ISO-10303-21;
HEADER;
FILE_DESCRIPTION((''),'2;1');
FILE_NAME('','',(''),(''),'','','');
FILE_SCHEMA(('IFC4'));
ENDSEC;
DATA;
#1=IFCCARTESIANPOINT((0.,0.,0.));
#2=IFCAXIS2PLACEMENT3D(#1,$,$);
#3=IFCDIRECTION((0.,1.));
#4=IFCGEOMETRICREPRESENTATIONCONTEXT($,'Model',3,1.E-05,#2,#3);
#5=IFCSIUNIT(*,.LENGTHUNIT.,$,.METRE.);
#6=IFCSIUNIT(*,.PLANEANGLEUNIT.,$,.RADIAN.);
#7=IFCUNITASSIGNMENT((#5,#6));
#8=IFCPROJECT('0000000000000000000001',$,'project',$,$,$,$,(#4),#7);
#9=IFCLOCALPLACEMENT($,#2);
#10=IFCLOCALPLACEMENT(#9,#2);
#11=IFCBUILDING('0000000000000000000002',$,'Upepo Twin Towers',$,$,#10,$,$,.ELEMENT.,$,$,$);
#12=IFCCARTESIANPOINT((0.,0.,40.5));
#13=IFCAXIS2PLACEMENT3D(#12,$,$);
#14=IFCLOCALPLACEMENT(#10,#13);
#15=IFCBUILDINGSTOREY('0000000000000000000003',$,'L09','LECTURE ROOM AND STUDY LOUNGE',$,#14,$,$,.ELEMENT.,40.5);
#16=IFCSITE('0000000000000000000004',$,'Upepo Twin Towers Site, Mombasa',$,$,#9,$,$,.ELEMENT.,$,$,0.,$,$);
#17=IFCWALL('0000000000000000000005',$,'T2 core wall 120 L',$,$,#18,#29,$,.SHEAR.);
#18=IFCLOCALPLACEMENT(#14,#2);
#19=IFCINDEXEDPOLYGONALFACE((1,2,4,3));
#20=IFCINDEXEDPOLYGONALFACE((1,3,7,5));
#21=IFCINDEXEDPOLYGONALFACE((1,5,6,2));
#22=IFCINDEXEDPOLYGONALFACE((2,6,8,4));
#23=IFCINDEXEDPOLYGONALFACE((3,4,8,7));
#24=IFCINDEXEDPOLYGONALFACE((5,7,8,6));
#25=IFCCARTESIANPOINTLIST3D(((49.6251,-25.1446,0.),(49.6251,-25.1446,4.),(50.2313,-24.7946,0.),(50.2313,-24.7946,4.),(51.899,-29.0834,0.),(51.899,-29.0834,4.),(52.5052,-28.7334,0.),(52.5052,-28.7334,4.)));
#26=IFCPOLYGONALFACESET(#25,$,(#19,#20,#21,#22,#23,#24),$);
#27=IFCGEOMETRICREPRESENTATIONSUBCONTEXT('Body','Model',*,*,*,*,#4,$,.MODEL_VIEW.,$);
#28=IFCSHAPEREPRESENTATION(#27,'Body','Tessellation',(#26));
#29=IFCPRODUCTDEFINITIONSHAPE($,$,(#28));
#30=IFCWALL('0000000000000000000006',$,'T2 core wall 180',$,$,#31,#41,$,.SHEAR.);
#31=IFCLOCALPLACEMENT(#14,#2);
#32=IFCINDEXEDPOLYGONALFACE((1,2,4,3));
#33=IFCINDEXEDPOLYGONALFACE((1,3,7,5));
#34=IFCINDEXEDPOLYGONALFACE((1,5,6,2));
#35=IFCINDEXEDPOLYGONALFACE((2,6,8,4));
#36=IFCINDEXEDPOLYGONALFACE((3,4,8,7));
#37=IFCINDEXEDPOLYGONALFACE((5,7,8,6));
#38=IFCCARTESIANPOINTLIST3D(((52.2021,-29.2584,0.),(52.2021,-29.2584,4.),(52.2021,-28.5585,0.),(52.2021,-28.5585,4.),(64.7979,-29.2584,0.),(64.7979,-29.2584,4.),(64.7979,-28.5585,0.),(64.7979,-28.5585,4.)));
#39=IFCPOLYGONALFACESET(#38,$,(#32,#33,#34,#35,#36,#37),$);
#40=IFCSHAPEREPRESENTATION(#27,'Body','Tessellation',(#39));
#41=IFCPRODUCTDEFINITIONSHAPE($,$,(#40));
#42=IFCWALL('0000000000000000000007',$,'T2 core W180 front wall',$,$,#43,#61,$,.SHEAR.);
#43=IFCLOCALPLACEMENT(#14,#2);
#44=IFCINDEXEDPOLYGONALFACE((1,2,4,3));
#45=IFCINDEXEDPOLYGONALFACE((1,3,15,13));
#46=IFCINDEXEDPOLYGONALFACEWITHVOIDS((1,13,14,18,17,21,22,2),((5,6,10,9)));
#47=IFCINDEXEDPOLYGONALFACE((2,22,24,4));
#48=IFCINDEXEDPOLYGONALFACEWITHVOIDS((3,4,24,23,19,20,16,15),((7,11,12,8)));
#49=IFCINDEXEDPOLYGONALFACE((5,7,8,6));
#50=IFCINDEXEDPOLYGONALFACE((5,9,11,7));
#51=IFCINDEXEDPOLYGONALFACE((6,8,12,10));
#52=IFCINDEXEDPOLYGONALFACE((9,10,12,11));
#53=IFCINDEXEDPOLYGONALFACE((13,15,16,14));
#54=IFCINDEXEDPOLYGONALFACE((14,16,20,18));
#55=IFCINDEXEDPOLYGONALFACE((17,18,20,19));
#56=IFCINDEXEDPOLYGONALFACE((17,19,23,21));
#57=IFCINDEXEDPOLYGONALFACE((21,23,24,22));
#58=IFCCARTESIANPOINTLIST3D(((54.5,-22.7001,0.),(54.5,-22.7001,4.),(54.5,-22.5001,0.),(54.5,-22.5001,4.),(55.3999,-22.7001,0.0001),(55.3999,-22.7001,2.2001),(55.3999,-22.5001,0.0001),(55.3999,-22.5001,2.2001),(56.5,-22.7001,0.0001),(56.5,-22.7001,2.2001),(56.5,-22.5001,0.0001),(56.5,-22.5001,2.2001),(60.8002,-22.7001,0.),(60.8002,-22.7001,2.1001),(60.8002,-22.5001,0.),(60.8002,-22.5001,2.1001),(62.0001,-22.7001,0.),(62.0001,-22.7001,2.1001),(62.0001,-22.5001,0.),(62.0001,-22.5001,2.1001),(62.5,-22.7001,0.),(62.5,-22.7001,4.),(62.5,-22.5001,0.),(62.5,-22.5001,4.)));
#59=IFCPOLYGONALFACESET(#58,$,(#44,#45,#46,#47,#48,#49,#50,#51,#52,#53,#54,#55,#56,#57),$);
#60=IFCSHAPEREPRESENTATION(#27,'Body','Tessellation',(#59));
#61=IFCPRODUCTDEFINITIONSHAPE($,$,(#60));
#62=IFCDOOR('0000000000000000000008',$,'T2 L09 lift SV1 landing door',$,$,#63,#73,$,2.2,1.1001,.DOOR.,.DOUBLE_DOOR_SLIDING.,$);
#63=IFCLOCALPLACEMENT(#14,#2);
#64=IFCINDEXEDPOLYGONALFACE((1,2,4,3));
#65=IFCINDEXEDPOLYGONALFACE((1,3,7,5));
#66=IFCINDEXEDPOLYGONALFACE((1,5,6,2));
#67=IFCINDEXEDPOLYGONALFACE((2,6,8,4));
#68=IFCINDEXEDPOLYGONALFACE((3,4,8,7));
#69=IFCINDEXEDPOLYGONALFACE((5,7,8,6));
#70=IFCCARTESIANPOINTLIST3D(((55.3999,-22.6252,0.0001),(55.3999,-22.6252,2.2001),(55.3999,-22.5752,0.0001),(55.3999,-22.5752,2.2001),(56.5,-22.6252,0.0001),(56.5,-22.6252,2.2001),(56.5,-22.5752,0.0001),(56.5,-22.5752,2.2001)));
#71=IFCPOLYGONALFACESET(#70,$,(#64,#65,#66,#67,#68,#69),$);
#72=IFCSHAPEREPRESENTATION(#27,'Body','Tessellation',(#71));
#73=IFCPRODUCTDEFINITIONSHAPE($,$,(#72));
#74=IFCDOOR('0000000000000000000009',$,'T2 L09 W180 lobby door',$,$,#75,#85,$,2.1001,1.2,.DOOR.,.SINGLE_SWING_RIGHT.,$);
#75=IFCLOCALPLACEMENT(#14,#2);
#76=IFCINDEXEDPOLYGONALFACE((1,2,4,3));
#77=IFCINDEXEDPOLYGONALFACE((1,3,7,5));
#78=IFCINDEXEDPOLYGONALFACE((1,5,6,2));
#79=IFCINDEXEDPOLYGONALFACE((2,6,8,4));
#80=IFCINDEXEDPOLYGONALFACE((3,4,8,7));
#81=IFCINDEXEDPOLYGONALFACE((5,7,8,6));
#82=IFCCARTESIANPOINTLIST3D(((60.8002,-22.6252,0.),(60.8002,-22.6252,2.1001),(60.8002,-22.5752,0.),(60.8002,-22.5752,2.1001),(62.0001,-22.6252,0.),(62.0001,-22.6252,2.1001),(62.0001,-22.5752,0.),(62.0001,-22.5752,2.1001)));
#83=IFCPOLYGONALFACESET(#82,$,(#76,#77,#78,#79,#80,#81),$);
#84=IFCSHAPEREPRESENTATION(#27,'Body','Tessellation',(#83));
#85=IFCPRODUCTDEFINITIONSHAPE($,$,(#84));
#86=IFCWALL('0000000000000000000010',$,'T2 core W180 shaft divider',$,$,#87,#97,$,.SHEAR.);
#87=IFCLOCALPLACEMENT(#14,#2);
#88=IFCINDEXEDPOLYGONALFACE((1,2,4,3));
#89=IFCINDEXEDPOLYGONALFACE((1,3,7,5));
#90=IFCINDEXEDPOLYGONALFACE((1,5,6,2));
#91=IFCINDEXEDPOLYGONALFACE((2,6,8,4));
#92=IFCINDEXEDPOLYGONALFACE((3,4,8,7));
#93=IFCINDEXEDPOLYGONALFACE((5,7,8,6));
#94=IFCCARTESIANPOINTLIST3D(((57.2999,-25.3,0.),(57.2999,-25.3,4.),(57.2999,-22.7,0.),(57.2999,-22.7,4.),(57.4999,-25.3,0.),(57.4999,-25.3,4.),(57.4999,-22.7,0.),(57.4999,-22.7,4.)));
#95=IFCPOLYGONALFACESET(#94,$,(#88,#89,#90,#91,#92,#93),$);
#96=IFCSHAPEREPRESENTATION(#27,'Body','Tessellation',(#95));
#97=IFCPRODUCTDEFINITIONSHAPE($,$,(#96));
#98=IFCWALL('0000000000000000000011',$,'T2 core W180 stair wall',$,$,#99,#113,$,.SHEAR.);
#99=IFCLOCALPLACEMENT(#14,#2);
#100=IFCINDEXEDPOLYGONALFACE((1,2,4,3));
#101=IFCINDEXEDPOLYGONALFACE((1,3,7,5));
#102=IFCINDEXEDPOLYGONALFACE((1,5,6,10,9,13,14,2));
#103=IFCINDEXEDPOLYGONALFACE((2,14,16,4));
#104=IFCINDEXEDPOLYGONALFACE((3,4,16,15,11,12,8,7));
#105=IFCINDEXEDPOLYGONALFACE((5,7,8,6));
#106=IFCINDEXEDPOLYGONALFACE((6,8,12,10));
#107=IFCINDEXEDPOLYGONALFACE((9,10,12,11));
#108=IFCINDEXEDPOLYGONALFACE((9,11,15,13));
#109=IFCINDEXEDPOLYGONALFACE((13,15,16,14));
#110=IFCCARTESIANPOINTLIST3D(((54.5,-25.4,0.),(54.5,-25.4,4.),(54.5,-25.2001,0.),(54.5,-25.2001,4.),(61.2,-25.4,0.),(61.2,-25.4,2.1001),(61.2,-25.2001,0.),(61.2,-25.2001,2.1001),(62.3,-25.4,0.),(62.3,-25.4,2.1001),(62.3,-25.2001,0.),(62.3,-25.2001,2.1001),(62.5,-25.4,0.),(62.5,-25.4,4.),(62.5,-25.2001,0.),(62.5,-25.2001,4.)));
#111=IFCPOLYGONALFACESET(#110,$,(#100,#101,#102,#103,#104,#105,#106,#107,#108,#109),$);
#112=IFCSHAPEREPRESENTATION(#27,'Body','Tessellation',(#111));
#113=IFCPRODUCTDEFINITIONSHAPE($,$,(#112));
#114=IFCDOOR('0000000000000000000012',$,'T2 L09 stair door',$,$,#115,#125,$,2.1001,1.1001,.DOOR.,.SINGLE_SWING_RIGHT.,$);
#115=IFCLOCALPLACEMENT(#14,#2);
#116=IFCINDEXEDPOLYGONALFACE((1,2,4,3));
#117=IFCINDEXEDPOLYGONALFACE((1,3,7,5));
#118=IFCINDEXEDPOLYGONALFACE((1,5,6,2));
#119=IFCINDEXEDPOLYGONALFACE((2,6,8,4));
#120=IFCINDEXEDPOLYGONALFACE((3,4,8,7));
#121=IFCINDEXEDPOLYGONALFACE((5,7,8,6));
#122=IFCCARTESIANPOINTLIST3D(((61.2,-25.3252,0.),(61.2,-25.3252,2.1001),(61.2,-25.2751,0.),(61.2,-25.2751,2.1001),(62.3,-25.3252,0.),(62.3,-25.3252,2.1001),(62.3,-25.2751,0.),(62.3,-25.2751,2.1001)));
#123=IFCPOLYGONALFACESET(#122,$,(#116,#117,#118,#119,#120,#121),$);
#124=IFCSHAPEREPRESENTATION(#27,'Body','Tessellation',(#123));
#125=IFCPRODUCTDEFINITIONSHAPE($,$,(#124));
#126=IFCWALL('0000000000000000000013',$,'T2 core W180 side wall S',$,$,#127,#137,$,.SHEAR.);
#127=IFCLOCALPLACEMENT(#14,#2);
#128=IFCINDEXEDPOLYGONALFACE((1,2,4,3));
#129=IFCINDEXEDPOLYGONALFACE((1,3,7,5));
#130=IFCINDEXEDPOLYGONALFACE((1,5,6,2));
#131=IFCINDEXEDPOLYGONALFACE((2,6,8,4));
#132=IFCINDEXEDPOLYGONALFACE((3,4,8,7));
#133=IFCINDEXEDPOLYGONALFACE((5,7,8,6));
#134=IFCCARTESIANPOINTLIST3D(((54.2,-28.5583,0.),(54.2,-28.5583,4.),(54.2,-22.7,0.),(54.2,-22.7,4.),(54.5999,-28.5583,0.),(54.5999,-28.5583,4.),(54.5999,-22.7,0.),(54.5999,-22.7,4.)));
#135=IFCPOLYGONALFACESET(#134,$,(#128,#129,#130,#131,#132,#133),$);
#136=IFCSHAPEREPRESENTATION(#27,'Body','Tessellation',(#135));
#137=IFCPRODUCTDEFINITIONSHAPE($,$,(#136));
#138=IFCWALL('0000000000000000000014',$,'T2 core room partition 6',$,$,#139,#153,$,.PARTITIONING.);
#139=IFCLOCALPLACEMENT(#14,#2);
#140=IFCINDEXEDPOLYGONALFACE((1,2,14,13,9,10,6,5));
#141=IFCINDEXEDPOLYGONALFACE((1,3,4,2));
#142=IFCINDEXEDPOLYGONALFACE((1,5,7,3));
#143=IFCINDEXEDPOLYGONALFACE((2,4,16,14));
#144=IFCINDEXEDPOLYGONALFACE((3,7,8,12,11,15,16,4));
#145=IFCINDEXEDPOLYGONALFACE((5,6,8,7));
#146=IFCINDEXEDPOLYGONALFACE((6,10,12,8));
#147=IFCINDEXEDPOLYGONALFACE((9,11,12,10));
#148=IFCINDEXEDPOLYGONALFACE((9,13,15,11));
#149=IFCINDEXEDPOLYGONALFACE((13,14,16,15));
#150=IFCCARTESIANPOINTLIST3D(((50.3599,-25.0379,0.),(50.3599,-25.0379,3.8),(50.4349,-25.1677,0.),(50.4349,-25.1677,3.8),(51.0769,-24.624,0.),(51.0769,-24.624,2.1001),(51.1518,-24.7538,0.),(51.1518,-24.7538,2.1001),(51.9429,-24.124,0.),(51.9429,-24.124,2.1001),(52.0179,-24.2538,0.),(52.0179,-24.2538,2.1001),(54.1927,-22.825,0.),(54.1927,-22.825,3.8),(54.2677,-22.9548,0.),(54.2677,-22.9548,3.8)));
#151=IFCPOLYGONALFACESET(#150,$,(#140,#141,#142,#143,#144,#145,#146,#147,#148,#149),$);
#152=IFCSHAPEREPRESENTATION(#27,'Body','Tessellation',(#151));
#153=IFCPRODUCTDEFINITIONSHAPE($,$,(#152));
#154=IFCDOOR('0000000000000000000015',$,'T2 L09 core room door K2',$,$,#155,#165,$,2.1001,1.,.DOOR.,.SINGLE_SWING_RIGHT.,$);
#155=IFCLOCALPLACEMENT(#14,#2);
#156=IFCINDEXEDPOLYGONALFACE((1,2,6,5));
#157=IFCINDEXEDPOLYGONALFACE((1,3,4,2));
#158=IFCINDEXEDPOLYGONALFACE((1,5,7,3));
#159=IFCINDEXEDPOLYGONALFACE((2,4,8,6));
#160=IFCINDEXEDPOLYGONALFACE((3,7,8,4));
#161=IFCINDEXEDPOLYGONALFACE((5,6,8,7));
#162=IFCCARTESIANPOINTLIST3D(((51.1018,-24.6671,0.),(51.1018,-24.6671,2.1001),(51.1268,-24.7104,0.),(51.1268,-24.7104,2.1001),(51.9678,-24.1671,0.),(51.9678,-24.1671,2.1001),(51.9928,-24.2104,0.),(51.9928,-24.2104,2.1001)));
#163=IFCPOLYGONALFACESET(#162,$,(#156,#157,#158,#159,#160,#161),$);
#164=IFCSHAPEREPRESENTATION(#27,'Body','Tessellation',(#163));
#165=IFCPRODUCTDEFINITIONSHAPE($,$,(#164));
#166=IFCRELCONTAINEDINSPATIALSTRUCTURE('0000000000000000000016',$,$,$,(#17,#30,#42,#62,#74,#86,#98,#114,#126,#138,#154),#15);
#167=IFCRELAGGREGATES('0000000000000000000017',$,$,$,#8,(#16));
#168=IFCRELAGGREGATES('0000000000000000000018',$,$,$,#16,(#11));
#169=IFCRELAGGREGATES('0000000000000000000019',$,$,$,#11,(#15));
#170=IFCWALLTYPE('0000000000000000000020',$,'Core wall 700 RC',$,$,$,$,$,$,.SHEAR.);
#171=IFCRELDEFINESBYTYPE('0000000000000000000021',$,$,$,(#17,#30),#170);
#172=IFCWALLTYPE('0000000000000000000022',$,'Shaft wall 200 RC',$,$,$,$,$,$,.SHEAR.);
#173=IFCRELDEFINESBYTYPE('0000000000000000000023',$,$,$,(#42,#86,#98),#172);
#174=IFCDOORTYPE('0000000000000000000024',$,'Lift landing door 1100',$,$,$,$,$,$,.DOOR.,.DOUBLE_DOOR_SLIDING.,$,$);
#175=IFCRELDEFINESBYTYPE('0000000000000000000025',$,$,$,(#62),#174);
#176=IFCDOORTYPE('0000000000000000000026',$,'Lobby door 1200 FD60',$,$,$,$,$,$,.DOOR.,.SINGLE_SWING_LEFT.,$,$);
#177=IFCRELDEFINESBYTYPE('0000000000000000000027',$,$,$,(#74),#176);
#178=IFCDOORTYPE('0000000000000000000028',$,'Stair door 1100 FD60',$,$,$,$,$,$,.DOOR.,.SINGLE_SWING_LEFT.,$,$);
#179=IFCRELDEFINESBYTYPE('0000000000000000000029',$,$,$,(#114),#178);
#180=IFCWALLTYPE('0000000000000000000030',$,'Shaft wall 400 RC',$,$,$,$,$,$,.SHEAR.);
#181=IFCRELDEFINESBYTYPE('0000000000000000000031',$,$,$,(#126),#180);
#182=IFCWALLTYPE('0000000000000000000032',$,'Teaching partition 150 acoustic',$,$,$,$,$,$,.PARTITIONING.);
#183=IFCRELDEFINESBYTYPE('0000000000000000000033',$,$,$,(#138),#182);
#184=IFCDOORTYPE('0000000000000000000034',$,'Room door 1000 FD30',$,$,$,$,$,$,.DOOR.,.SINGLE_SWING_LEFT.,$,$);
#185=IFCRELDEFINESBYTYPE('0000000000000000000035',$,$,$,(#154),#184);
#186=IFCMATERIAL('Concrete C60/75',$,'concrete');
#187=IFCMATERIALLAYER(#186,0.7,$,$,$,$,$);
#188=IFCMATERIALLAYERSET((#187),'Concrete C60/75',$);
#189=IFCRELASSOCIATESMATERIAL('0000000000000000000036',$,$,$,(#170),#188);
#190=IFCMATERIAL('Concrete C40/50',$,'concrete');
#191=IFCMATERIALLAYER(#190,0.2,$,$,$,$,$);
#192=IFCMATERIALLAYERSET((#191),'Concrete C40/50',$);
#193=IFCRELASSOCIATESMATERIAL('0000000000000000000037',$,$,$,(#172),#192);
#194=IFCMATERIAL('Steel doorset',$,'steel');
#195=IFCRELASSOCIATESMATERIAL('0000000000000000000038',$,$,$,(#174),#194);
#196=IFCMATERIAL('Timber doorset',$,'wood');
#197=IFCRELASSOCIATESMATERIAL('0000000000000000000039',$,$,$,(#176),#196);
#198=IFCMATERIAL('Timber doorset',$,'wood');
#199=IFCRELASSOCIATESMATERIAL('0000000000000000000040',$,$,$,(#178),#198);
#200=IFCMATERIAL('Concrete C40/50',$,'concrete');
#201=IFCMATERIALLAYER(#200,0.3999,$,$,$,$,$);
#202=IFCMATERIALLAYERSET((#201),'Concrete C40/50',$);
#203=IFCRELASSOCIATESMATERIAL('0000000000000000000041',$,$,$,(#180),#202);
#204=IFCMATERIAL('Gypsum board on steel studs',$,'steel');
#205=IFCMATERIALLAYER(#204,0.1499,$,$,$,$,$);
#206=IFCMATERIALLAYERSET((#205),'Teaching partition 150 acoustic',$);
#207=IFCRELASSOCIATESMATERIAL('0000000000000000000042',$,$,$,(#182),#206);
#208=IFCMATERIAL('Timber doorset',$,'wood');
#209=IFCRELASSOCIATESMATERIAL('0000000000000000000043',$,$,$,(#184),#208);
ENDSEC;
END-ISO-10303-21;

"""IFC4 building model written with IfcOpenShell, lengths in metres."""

from ifc_helpers import new_model, si_unit, direction, frame, frame_2d, origin, place, context, subcontext, project, spatial, rectangle, extrude, material, layer, layer_set, type_object, element, fill, save


model = new_model("IFC4")

# Units and contexts
model_context = context("Model", 3, precision=1e-05, world=origin(), true_north=direction((0.0, 1.0)))
body_context = subcontext(model_context, "Body", "Model", "MODEL_VIEW")
ifc_project = project(units=[si_unit("LENGTHUNIT", "METRE"), si_unit("PLANEANGLEUNIT", "RADIAN")], contexts=[model_context])

# Site, building, storey
site_placement = place(None, origin())
site = spatial("IfcSite", under=ifc_project, at=site_placement, Name="Upepo Twin Towers Site, Mombasa", CompositionType="ELEMENT", RefElevation=0.0)
building_placement = place(site_placement, origin())
building = spatial("IfcBuilding", under=site, at=building_placement, Name="Upepo Twin Towers", CompositionType="ELEMENT")
storey_placement = place(building_placement, frame((0.0, 0.0, 40.5)))
storey = spatial("IfcBuildingStorey", under=building, at=storey_placement, Name="L09", Description="LECTURE ROOM AND STUDY LOUNGE", CompositionType="ELEMENT", Elevation=40.5)

# Walls
ifc_material_1 = material(Name="Concrete C60/75", Category="concrete")
ifc_layer_1 = layer(ifc_material_1, 0.7)
ifc_layer_set_1 = layer_set([ifc_layer_1], Name="Concrete C60/75")
wall_type_1 = type_object("IfcWallType", Name="Core wall 700 RC", PredefinedType="SHEAR", material=ifc_layer_set_1)
wall_1_placement = place(storey_placement, frame((49.9282, -24.9697, 0.0), z_axis=(0.0, 0.0, 1.0), x_axis=(0.499984, -0.866035, 0.0)))
element("IfcWall", 1, at=wall_1_placement, inside=storey, type_object=wall_type_1, Name="T2 core wall 120 L", PredefinedType="SHEAR", context=body_context, shape_type="SweptSolid", body=[
    extrude(rectangle(XDim=4.5481, YDim=0.7, at=frame_2d((2.2739, 0.0))), origin(), (0.0, 0.0, 1.0), 4.0),
])
wall_2_placement = place(storey_placement, frame((52.2021, -28.9084, 0.0), z_axis=(0.0, 0.0, 1.0), x_axis=(1.0, 0.0, 0.0)))
element("IfcWall", 2, at=wall_2_placement, inside=storey, type_object=wall_type_1, Name="T2 core wall 180", PredefinedType="SHEAR", context=body_context, shape_type="SweptSolid", body=[
    extrude(rectangle(XDim=12.5957, YDim=0.7, at=frame_2d((6.2979, 0.0))), origin(), (0.0, 0.0, 1.0), 4.0),
])

# Wall, openings, doors
ifc_material_2 = material(Name="Concrete C40/50", Category="concrete")
ifc_layer_2 = layer(ifc_material_2, 0.2)
ifc_layer_set_2 = layer_set([ifc_layer_2], Name="Concrete C40/50")
wall_type_2 = type_object("IfcWallType", Name="Shaft wall 200 RC", PredefinedType="SHEAR", material=ifc_layer_set_2)
wall_3_placement = place(storey_placement, frame((54.5, -22.6001, 0.0), z_axis=(0.0, 0.0, 1.0), x_axis=(1.0, 0.0, 0.0)))
wall_3 = element("IfcWall", 3, at=wall_3_placement, inside=storey, type_object=wall_type_2, Name="T2 core W180 front wall", PredefinedType="SHEAR", context=body_context, shape_type="SweptSolid", body=[
    extrude(rectangle(XDim=8.0, YDim=0.2, at=frame_2d((4.0, 0.0))), origin(), (0.0, 0.0, 1.0), 4.0),
])
opening_1_placement = place(wall_3_placement, frame((6.3, 0.0, 0.0)))
opening_1 = element("IfcOpeningElement", 4, at=opening_1_placement, cuts=wall_3, PredefinedType="OPENING", context=body_context, shape_type="SweptSolid", body=[
    extrude(rectangle(XDim=1.2, YDim=2.1001, at=frame_2d((0.6001, 1.05))), frame((0.0, 0.1099, 0.0), z_axis=(0.0, -1.0, 0.0), x_axis=(1.0, 0.0, 0.0)), (0.0, 0.0, 1.0), 0.22),
])
opening_2_placement = place(wall_3_placement, frame((0.8999, 0.0, 0.0)))
opening_2 = element("IfcOpeningElement", 5, at=opening_2_placement, cuts=wall_3, PredefinedType="OPENING", context=body_context, shape_type="SweptSolid", body=[
    extrude(rectangle(XDim=1.1001, YDim=2.2, at=frame_2d((0.55, 1.1001))), frame((0.0, 0.1099, 0.0), z_axis=(0.0, -1.0, 0.0), x_axis=(1.0, 0.0, 0.0)), (0.0, 0.0, 1.0), 0.22),
])
ifc_material_3 = material(Name="Steel doorset", Category="steel")
door_type_1 = type_object("IfcDoorType", Name="Lift landing door 1100", OperationType="DOUBLE_DOOR_SLIDING", PredefinedType="DOOR", material=ifc_material_3)
door_1_placement = place(opening_2_placement, origin())
door_1 = element("IfcDoor", 6, at=door_1_placement, inside=storey, type_object=door_type_1, Name="T2 L09 lift SV1 landing door", OperationType="DOUBLE_DOOR_SLIDING", OverallHeight=2.2, OverallWidth=1.1001, PredefinedType="DOOR", context=body_context, shape_type="SweptSolid", body=[
    extrude(rectangle(XDim=1.1001, YDim=2.2, at=frame_2d((0.55, 1.1001))), frame((0.0, 0.0249, 0.0), z_axis=(0.0, -1.0, 0.0), x_axis=(1.0, 0.0, 0.0)), (0.0, 0.0, 1.0), 0.05),
])
fill(opening_2, door_1)
ifc_material_4 = material(Name="Timber doorset", Category="wood")
door_type_2 = type_object("IfcDoorType", Name="Lobby door 1200 FD60", OperationType="SINGLE_SWING_LEFT", PredefinedType="DOOR", material=ifc_material_4)
door_2_placement = place(opening_1_placement, origin())
door_2 = element("IfcDoor", 7, at=door_2_placement, inside=storey, type_object=door_type_2, Name="T2 L09 W180 lobby door", OperationType="SINGLE_SWING_RIGHT", OverallHeight=2.1001, OverallWidth=1.2, PredefinedType="DOOR", context=body_context, shape_type="SweptSolid", body=[
    extrude(rectangle(XDim=1.2, YDim=2.1001, at=frame_2d((0.6001, 1.05))), frame((0.0, 0.0249, 0.0), z_axis=(0.0, -1.0, 0.0), x_axis=(1.0, 0.0, 0.0)), (0.0, 0.0, 1.0), 0.05),
])
fill(opening_1, door_2)

# Wall
wall_4_placement = place(storey_placement, frame((57.3999, -22.7, 0.0), z_axis=(0.0, 0.0, 1.0), x_axis=(0.0, -1.0, 0.0)))
element("IfcWall", 8, at=wall_4_placement, inside=storey, type_object=wall_type_2, Name="T2 core W180 shaft divider", PredefinedType="SHEAR", context=body_context, shape_type="SweptSolid", body=[
    extrude(rectangle(XDim=2.6001, YDim=0.2, at=frame_2d((1.3, 0.0))), origin(), (0.0, 0.0, 1.0), 4.0),
])

# Wall, opening, door
wall_5_placement = place(storey_placement, frame((54.5, -25.3, 0.0), z_axis=(0.0, 0.0, 1.0), x_axis=(1.0, 0.0, 0.0)))
wall_5 = element("IfcWall", 9, at=wall_5_placement, inside=storey, type_object=wall_type_2, Name="T2 core W180 stair wall", PredefinedType="SHEAR", context=body_context, shape_type="SweptSolid", body=[
    extrude(rectangle(XDim=8.0, YDim=0.2, at=frame_2d((4.0, 0.0))), origin(), (0.0, 0.0, 1.0), 4.0),
])
opening_3_placement = place(wall_5_placement, frame((6.7, 0.0, 0.0)))
opening_3 = element("IfcOpeningElement", 10, at=opening_3_placement, cuts=wall_5, PredefinedType="OPENING", context=body_context, shape_type="SweptSolid", body=[
    extrude(rectangle(XDim=1.1001, YDim=2.1001, at=frame_2d((0.55, 1.05))), frame((0.0, 0.1099, 0.0), z_axis=(0.0, -1.0, 0.0), x_axis=(1.0, 0.0, 0.0)), (0.0, 0.0, 1.0), 0.22),
])
ifc_material_5 = material(Name="Timber doorset", Category="wood")
door_type_3 = type_object("IfcDoorType", Name="Stair door 1100 FD60", OperationType="SINGLE_SWING_LEFT", PredefinedType="DOOR", material=ifc_material_5)
door_3_placement = place(opening_3_placement, origin())
door_3 = element("IfcDoor", 11, at=door_3_placement, inside=storey, type_object=door_type_3, Name="T2 L09 stair door", OperationType="SINGLE_SWING_RIGHT", OverallHeight=2.1001, OverallWidth=1.1001, PredefinedType="DOOR", context=body_context, shape_type="SweptSolid", body=[
    extrude(rectangle(XDim=1.1001, YDim=2.1001, at=frame_2d((0.55, 1.05))), frame((0.0, 0.0249, 0.0), z_axis=(0.0, -1.0, 0.0), x_axis=(1.0, 0.0, 0.0)), (0.0, 0.0, 1.0), 0.05),
])
fill(opening_3, door_3)

# Wall
ifc_material_6 = material(Name="Concrete C40/50", Category="concrete")
ifc_layer_3 = layer(ifc_material_6, 0.3999)
ifc_layer_set_3 = layer_set([ifc_layer_3], Name="Concrete C40/50")
wall_type_3 = type_object("IfcWallType", Name="Shaft wall 400 RC", PredefinedType="SHEAR", material=ifc_layer_set_3)
wall_6_placement = place(storey_placement, frame((54.3999, -22.7, 0.0), z_axis=(0.0, 0.0, 1.0), x_axis=(0.0, -1.0, 0.0)))
element("IfcWall", 12, at=wall_6_placement, inside=storey, type_object=wall_type_3, Name="T2 core W180 side wall S", PredefinedType="SHEAR", context=body_context, shape_type="SweptSolid", body=[
    extrude(rectangle(XDim=5.8584, YDim=0.3999, at=frame_2d((2.9292, 0.0))), origin(), (0.0, 0.0, 1.0), 4.0),
])

# Wall, opening, door
ifc_material_7 = material(Name="Gypsum board on steel studs", Category="steel")
ifc_layer_4 = layer(ifc_material_7, 0.1499)
ifc_layer_set_4 = layer_set([ifc_layer_4], Name="Teaching partition 150 acoustic")
wall_type_4 = type_object("IfcWallType", Name="Teaching partition 150 acoustic", PredefinedType="PARTITIONING", material=ifc_layer_set_4)
wall_7_placement = place(storey_placement, frame((54.2302, -22.8899, 0.0), z_axis=(0.0, 0.0, 1.0), x_axis=(-0.866021, -0.500007, 0.0)))
wall_7 = element("IfcWall", 13, at=wall_7_placement, inside=storey, type_object=wall_type_4, Name="T2 core room partition 6", PredefinedType="PARTITIONING", context=body_context, shape_type="SweptSolid", body=[
    extrude(rectangle(XDim=4.4258, YDim=0.1499, at=frame_2d((2.2129, 0.0))), origin(), (0.0, 0.0, 1.0), 3.8),
])
opening_4_placement = place(wall_7_placement, frame((2.5979, 0.0, 0.0)))
opening_4 = element("IfcOpeningElement", 14, at=opening_4_placement, cuts=wall_7, PredefinedType="OPENING", context=body_context, shape_type="SweptSolid", body=[
    extrude(rectangle(XDim=1.0, YDim=2.1001, at=frame_2d((0.5, 1.05))), frame((0.0, 0.085, 0.0), z_axis=(0.0, -1.0, 0.0), x_axis=(1.0, 0.0, 0.0)), (0.0, 0.0, 1.0), 0.1699),
])
ifc_material_8 = material(Name="Timber doorset", Category="wood")
door_type_4 = type_object("IfcDoorType", Name="Room door 1000 FD30", OperationType="SINGLE_SWING_LEFT", PredefinedType="DOOR", material=ifc_material_8)
door_4_placement = place(opening_4_placement, origin())
door_4 = element("IfcDoor", 15, at=door_4_placement, inside=storey, type_object=door_type_4, Name="T2 L09 core room door K2", OperationType="SINGLE_SWING_RIGHT", OverallHeight=2.1001, OverallWidth=1.0, PredefinedType="DOOR", context=body_context, shape_type="SweptSolid", body=[
    extrude(rectangle(XDim=1.0, YDim=2.1001, at=frame_2d((0.5, 1.05))), frame((0.0, 0.0249, 0.0), z_axis=(0.0, -1.0, 0.0), x_axis=(1.0, 0.0, 0.0)), (0.0, 0.0, 1.0), 0.05),
])
fill(opening_4, door_4)

save(model, "model.ifc")
